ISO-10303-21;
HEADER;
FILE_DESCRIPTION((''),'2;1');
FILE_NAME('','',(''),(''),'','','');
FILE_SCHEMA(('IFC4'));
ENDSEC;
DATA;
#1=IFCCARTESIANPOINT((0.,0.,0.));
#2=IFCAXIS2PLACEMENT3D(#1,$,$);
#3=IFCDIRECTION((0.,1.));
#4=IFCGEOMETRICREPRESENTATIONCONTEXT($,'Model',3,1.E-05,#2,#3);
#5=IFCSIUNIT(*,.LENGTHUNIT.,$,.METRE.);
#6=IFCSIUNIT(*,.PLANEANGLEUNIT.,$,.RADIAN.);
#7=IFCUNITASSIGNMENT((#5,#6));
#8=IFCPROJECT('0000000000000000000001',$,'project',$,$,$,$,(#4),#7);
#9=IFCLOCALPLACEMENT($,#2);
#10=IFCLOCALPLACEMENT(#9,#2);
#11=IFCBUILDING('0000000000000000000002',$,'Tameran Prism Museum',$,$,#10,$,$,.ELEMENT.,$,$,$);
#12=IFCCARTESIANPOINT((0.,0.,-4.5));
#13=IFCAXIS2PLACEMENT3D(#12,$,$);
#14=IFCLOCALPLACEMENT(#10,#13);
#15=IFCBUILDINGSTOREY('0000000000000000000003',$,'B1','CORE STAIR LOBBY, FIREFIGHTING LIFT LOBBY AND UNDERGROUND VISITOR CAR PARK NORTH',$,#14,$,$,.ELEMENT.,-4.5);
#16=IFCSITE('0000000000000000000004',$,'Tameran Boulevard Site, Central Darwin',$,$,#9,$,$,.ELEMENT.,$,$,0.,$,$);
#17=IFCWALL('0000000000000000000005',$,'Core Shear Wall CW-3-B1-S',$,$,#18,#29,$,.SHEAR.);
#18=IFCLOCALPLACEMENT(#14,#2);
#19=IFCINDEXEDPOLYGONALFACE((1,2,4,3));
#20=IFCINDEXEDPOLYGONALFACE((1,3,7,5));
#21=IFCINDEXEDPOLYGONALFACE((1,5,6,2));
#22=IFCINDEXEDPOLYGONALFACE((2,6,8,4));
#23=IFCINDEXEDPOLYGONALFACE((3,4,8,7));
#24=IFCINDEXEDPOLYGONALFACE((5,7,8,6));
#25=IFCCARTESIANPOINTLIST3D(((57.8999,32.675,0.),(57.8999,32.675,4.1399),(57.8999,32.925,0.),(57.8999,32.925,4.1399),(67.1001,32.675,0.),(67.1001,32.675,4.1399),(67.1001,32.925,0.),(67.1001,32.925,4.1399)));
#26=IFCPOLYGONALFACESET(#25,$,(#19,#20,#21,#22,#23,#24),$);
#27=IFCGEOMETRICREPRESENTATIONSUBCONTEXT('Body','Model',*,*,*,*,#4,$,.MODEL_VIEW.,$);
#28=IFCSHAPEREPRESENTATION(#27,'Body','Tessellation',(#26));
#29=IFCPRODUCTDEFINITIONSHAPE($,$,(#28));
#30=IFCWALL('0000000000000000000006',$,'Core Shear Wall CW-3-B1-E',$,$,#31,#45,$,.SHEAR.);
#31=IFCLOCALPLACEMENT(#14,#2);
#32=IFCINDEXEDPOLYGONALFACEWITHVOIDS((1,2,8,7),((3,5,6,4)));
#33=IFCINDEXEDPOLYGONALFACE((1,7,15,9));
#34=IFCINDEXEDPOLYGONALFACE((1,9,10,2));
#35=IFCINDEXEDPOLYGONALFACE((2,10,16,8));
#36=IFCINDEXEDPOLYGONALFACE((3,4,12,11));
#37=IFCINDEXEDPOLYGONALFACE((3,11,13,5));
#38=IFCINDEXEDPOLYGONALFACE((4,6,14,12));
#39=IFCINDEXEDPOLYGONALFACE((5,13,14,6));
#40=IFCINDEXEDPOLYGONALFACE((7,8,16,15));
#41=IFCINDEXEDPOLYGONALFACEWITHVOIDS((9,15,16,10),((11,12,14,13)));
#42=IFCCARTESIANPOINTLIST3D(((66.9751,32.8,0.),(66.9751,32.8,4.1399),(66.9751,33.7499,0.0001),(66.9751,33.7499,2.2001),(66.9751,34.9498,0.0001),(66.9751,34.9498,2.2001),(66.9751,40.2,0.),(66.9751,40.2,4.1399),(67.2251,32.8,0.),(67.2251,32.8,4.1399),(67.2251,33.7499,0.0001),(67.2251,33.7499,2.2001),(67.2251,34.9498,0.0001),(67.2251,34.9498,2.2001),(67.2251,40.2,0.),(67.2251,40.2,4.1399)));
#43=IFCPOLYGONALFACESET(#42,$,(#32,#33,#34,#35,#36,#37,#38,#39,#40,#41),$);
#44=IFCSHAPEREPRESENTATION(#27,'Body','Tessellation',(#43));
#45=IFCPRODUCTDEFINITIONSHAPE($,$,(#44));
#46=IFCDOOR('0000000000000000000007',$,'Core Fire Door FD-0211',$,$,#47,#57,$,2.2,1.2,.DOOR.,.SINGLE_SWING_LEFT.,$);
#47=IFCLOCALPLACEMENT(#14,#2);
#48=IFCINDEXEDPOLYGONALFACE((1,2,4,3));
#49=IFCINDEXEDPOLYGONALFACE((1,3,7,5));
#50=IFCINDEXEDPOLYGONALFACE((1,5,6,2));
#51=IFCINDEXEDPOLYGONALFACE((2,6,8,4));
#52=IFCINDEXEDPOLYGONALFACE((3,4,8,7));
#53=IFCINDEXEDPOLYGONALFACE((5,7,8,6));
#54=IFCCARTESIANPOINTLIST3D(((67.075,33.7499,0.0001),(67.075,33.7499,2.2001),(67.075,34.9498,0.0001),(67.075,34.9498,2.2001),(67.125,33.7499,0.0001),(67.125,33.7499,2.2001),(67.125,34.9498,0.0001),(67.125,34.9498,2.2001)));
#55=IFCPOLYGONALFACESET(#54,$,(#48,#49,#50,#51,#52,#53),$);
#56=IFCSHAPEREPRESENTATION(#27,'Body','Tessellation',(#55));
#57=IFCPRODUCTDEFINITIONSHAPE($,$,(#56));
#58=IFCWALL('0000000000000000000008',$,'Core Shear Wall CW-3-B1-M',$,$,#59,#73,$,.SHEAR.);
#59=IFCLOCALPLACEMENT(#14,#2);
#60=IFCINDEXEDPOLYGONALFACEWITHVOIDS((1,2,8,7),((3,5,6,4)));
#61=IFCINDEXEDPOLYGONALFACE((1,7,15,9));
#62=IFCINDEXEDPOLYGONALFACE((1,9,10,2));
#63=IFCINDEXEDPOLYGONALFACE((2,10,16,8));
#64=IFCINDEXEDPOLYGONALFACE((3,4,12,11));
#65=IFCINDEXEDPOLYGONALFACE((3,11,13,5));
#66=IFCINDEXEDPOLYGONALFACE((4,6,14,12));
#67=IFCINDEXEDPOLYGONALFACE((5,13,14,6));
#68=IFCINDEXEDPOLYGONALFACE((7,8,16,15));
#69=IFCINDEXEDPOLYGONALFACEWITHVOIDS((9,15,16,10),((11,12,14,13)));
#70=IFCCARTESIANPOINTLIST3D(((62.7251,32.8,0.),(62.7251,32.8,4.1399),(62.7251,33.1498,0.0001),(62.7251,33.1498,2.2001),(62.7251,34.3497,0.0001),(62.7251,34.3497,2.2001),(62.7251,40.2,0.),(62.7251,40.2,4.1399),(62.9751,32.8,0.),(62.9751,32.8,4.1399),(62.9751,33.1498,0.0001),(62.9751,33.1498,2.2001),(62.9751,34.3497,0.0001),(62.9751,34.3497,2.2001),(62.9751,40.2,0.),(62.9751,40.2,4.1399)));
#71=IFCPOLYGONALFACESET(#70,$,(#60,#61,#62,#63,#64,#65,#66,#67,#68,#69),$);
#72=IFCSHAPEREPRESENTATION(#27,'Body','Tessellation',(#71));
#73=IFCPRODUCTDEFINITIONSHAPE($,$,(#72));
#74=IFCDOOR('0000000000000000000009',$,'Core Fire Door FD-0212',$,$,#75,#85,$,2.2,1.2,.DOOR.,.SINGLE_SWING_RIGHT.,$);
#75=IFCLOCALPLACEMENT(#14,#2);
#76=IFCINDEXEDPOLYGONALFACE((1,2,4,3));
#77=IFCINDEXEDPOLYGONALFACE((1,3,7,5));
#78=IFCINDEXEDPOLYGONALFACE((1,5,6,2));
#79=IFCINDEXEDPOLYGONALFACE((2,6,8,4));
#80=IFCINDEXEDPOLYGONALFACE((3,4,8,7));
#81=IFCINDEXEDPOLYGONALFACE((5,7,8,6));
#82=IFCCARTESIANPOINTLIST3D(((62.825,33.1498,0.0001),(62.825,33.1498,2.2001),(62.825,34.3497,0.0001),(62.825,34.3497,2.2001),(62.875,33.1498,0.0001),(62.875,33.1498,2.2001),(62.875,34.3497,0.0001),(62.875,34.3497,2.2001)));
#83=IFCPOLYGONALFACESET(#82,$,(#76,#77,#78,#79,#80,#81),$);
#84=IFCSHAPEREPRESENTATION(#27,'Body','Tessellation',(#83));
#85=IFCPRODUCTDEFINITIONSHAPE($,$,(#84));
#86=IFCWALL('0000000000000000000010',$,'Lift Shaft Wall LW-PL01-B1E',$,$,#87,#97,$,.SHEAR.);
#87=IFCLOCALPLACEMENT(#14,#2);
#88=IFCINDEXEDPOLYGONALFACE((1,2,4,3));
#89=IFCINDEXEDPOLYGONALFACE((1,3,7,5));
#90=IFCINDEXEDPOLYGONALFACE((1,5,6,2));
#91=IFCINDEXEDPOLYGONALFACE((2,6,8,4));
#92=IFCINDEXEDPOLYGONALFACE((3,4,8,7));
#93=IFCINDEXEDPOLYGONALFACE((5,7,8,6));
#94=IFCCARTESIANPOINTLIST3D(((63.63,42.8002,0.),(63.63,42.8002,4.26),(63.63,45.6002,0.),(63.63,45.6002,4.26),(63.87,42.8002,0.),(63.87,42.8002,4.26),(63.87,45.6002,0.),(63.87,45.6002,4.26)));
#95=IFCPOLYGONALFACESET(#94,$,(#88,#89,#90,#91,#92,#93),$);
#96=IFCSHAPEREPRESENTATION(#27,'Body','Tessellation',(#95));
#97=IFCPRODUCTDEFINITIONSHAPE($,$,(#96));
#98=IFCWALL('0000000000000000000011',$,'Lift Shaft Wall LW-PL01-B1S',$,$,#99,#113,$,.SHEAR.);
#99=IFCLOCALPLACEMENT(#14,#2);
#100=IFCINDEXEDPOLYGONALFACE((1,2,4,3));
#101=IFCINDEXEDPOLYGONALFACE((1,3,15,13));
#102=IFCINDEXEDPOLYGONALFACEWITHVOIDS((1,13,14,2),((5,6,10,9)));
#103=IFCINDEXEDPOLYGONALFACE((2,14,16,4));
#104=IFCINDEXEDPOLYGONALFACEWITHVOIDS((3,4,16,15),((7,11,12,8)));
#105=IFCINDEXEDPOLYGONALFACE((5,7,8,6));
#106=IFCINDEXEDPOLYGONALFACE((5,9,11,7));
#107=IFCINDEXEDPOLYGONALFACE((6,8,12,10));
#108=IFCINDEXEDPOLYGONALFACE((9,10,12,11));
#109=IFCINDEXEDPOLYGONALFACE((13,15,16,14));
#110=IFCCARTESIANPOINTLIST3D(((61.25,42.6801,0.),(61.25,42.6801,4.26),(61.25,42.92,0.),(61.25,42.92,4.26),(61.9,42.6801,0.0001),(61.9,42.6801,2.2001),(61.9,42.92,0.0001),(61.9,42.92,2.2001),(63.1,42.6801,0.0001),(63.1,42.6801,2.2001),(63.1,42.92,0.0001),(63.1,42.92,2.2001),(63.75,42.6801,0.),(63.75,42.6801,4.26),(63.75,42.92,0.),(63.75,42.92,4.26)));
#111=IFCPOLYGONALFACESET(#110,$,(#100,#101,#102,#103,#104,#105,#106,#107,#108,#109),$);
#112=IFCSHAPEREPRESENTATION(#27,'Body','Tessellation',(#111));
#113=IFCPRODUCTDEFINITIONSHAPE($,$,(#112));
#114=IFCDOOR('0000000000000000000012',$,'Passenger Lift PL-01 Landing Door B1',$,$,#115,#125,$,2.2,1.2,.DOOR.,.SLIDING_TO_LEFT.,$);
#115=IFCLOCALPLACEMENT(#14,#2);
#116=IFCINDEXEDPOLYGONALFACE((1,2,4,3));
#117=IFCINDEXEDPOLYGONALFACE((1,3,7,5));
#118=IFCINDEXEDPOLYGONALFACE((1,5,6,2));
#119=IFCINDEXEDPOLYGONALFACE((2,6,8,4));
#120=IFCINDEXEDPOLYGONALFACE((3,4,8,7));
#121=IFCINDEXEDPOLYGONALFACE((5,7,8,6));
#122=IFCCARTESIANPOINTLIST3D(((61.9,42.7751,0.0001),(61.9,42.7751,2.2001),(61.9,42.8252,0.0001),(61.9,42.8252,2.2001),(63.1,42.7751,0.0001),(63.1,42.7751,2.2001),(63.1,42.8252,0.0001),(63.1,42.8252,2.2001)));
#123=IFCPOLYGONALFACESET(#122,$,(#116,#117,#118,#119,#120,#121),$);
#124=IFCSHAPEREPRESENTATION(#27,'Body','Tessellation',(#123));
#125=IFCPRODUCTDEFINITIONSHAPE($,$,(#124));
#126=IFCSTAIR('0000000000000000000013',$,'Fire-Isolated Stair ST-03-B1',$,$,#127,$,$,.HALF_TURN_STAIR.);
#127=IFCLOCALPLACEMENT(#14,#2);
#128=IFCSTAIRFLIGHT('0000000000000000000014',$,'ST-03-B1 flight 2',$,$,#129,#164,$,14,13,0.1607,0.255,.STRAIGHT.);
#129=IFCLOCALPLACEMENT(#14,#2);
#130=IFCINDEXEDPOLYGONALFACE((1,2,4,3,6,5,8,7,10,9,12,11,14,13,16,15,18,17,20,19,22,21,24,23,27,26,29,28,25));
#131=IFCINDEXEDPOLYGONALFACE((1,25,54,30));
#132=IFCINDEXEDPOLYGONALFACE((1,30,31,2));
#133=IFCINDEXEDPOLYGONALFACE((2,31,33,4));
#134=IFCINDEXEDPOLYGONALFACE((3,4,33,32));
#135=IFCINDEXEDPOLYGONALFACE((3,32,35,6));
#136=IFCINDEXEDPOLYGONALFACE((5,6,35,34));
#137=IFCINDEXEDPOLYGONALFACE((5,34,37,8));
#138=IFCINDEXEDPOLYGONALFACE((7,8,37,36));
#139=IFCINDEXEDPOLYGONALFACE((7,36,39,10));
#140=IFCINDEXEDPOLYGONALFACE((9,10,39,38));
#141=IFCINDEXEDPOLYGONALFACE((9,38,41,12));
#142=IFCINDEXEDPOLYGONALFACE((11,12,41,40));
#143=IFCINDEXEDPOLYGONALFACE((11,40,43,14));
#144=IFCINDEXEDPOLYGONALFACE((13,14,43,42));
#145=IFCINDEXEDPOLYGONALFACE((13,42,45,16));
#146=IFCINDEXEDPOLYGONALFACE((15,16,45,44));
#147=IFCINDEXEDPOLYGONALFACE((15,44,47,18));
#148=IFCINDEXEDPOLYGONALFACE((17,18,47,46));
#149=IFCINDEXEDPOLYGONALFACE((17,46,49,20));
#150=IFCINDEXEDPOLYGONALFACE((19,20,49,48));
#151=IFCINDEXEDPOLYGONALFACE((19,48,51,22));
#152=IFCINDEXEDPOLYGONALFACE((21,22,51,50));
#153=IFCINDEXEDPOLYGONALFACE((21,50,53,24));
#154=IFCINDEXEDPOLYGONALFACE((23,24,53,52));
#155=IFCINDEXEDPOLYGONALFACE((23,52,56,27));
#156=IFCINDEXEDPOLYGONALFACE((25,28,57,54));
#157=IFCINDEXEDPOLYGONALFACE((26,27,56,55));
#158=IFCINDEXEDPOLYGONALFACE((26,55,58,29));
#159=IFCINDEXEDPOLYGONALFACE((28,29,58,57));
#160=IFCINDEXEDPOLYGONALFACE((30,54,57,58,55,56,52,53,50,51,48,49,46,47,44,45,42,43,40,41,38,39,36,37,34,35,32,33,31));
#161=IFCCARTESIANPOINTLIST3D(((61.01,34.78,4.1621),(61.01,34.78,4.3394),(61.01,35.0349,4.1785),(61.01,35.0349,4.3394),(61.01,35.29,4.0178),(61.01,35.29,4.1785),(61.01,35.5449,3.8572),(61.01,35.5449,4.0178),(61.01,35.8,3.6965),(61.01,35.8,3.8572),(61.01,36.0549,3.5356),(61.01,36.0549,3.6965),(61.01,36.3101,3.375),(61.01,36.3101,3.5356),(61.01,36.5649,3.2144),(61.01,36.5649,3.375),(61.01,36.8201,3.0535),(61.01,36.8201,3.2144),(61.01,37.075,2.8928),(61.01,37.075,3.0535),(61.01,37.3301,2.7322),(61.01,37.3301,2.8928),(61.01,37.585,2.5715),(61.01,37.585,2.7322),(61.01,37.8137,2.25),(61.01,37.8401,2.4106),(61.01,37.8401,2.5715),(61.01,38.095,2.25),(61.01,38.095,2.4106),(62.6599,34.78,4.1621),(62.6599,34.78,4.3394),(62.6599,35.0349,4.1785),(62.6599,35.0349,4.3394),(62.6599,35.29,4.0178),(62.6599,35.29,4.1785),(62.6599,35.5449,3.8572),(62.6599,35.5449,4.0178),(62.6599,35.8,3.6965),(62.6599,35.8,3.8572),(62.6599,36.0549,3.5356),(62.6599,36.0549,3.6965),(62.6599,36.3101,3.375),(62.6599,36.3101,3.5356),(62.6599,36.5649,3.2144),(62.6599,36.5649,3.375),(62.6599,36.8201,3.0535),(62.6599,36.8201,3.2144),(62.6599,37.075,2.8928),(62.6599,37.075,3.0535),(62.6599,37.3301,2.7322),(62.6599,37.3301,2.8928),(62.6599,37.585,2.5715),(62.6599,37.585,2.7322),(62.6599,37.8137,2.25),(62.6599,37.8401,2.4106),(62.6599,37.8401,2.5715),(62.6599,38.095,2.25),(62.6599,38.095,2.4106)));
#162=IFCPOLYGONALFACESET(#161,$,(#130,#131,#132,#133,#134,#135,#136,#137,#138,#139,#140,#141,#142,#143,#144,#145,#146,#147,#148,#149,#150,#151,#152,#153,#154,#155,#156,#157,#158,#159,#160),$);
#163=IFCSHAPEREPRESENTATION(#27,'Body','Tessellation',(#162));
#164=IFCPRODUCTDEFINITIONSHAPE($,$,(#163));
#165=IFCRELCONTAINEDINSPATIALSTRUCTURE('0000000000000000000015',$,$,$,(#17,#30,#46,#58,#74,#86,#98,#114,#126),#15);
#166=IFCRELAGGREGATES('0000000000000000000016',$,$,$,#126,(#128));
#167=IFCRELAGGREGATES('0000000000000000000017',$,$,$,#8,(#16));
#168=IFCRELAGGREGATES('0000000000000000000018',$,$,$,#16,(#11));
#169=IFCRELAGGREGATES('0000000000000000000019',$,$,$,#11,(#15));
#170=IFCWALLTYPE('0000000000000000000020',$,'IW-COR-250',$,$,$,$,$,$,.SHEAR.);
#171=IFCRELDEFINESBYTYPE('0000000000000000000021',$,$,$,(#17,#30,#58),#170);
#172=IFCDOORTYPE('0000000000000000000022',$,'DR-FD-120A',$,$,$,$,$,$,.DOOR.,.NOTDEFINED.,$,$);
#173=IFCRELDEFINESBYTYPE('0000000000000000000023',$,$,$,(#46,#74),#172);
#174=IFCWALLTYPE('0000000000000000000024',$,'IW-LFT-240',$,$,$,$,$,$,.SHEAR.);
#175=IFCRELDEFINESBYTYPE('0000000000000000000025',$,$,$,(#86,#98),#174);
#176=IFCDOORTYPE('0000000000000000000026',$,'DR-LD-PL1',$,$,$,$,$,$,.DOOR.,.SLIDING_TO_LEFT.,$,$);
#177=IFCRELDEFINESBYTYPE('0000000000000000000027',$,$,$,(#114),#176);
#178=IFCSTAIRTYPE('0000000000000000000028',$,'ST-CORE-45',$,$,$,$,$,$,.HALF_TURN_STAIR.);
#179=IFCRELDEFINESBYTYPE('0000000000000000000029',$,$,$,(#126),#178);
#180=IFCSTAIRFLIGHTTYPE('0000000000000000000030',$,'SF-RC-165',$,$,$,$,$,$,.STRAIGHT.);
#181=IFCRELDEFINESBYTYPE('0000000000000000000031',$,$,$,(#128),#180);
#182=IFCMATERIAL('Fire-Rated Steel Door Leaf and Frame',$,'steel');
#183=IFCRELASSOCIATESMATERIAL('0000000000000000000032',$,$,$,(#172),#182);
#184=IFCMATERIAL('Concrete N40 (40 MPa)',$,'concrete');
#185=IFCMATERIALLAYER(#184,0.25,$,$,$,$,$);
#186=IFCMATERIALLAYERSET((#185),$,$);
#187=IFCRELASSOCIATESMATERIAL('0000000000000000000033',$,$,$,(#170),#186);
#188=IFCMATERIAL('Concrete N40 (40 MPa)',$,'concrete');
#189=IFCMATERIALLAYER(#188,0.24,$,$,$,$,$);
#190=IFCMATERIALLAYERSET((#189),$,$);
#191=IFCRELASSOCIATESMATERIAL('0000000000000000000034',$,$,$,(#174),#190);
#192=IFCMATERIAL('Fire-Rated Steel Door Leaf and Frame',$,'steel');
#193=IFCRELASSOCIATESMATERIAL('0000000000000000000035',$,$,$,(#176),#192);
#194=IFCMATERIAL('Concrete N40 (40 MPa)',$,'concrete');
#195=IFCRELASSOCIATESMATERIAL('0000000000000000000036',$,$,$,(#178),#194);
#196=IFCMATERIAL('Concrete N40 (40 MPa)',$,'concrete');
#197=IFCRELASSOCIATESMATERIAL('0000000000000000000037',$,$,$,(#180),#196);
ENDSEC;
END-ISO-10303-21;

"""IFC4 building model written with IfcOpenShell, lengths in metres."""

from ifc_helpers import new_model, si_unit, direction, frame, frame_2d, origin, place, context, subcontext, project, spatial, polyline, rectangle, outline, extrude, material, layer, layer_set, type_object, element, fill, aggregate, save


model = new_model("IFC4")

# Units and contexts
model_context = context("Model", 3, precision=1e-05, world=origin(), true_north=direction((0.0, 1.0)))
body_context = subcontext(model_context, "Body", "Model", "MODEL_VIEW")
ifc_project = project(units=[si_unit("LENGTHUNIT", "METRE"), si_unit("PLANEANGLEUNIT", "RADIAN")], contexts=[model_context])

# Site, building, storey
site_placement = place(None, origin())
site = spatial("IfcSite", under=ifc_project, at=site_placement, Name="Tameran Boulevard Site, Central Darwin", CompositionType="ELEMENT", RefElevation=0.0)
building_placement = place(site_placement, origin())
building = spatial("IfcBuilding", under=site, at=building_placement, Name="Tameran Prism Museum", CompositionType="ELEMENT")
storey_placement = place(building_placement, frame((0.0, 0.0, -4.5)))
storey = spatial("IfcBuildingStorey", under=building, at=storey_placement, Name="B1", Description="CORE STAIR LOBBY, FIREFIGHTING LIFT LOBBY AND UNDERGROUND VISITOR CAR PARK NORTH", CompositionType="ELEMENT", Elevation=-4.5)

# Shared definitions
ifc_material_1 = material(Name="Fire-Rated Steel Door Leaf and Frame", Category="steel")
door_type_1 = type_object("IfcDoorType", Name="DR-FD-120A", OperationType="NOTDEFINED", PredefinedType="DOOR", material=ifc_material_1)

# Wall
ifc_material_2 = material(Name="Concrete N40 (40 MPa)", Category="concrete")
ifc_layer_1 = layer(ifc_material_2, 0.25)
ifc_layer_set_1 = layer_set([ifc_layer_1])
wall_type_1 = type_object("IfcWallType", Name="IW-COR-250", PredefinedType="SHEAR", material=ifc_layer_set_1)
wall_1_placement = place(storey_placement, frame((67.1001, 32.8, 0.0), z_axis=(0.0, 0.0, 1.0), x_axis=(-1.0, 0.0, 0.0)))
element("IfcWall", 1, at=wall_1_placement, inside=storey, type_object=wall_type_1, Name="Core Shear Wall CW-3-B1-S", PredefinedType="SHEAR", context=body_context, shape_type="SweptSolid", body=[
    extrude(rectangle(XDim=9.2002, YDim=0.25, at=frame_2d((4.6001, 0.0))), origin(), (0.0, 0.0, 1.0), 4.1399),
])

# Walls, openings, doors
wall_2_placement = place(storey_placement, frame((67.1001, 40.2, 0.0), z_axis=(0.0, 0.0, 1.0), x_axis=(0.0, -1.0, 0.0)))
wall_2 = element("IfcWall", 2, at=wall_2_placement, inside=storey, type_object=wall_type_1, Name="Core Shear Wall CW-3-B1-E", PredefinedType="SHEAR", context=body_context, shape_type="SweptSolid", body=[
    extrude(rectangle(XDim=7.3999, YDim=0.25, at=frame_2d((3.7, 0.0))), origin(), (0.0, 0.0, 1.0), 4.1399),
])
opening_1_placement = place(wall_2_placement, frame((5.25, 0.0, 0.0)))
opening_1 = element("IfcOpeningElement", 3, at=opening_1_placement, cuts=wall_2, PredefinedType="OPENING", context=body_context, shape_type="SweptSolid", body=[
    extrude(rectangle(XDim=1.2, YDim=2.2, at=frame_2d((0.6001, 1.1001))), frame((0.0, 0.135, 0.0), z_axis=(0.0, -1.0, 0.0), x_axis=(1.0, 0.0, 0.0)), (0.0, 0.0, 1.0), 0.27),
])
door_1_placement = place(opening_1_placement, origin())
door_1 = element("IfcDoor", 4, at=door_1_placement, inside=storey, type_object=door_type_1, Name="Core Fire Door FD-0211", OperationType="SINGLE_SWING_LEFT", OverallHeight=2.2, OverallWidth=1.2, PredefinedType="DOOR", context=body_context, shape_type="SweptSolid", body=[
    extrude(rectangle(XDim=1.2, YDim=2.2, at=frame_2d((0.6001, 1.1001))), frame((0.0, 0.0249, 0.0), z_axis=(0.0, -1.0, 0.0), x_axis=(1.0, 0.0, 0.0)), (0.0, 0.0, 1.0), 0.05),
])
fill(opening_1, door_1)
wall_3_placement = place(storey_placement, frame((62.8501, 40.2, 0.0), z_axis=(0.0, 0.0, 1.0), x_axis=(0.0, -1.0, 0.0)))
wall_3 = element("IfcWall", 5, at=wall_3_placement, inside=storey, type_object=wall_type_1, Name="Core Shear Wall CW-3-B1-M", PredefinedType="SHEAR", context=body_context, shape_type="SweptSolid", body=[
    extrude(rectangle(XDim=7.3999, YDim=0.25, at=frame_2d((3.7, 0.0))), origin(), (0.0, 0.0, 1.0), 4.1399),
])
opening_2_placement = place(wall_3_placement, frame((5.8501, 0.0, 0.0)))
opening_2 = element("IfcOpeningElement", 6, at=opening_2_placement, cuts=wall_3, PredefinedType="OPENING", context=body_context, shape_type="SweptSolid", body=[
    extrude(rectangle(XDim=1.2, YDim=2.2, at=frame_2d((0.6001, 1.1001))), frame((0.0, 0.135, 0.0), z_axis=(0.0, -1.0, 0.0), x_axis=(1.0, 0.0, 0.0)), (0.0, 0.0, 1.0), 0.27),
])
door_2_placement = place(opening_2_placement, origin())
door_2 = element("IfcDoor", 7, at=door_2_placement, inside=storey, type_object=door_type_1, Name="Core Fire Door FD-0212", OperationType="SINGLE_SWING_RIGHT", OverallHeight=2.2, OverallWidth=1.2, PredefinedType="DOOR", context=body_context, shape_type="SweptSolid", body=[
    extrude(rectangle(XDim=1.2, YDim=2.2, at=frame_2d((0.6001, 1.1001))), frame((0.0, 0.0249, 0.0), z_axis=(0.0, -1.0, 0.0), x_axis=(1.0, 0.0, 0.0)), (0.0, 0.0, 1.0), 0.05),
])
fill(opening_2, door_2)

# Wall
ifc_material_3 = material(Name="Concrete N40 (40 MPa)", Category="concrete")
ifc_layer_2 = layer(ifc_material_3, 0.24)
ifc_layer_set_2 = layer_set([ifc_layer_2])
wall_type_2 = type_object("IfcWallType", Name="IW-LFT-240", PredefinedType="SHEAR", material=ifc_layer_set_2)
wall_4_placement = place(storey_placement, frame((63.75, 45.6001, 0.0), z_axis=(0.0, 0.0, 1.0), x_axis=(0.0, -1.0, 0.0)))
element("IfcWall", 8, at=wall_4_placement, inside=storey, type_object=wall_type_2, Name="Lift Shaft Wall LW-PL01-B1E", PredefinedType="SHEAR", context=body_context, shape_type="SweptSolid", body=[
    extrude(rectangle(XDim=2.8, YDim=0.24, at=frame_2d((1.3999, 0.0))), origin(), (0.0, 0.0, 1.0), 4.26),
])

# Wall, opening, door
wall_5_placement = place(storey_placement, frame((63.75, 42.8, 0.0), z_axis=(0.0, 0.0, 1.0), x_axis=(-1.0, 0.0, 0.0)))
wall_5 = element("IfcWall", 9, at=wall_5_placement, inside=storey, type_object=wall_type_2, Name="Lift Shaft Wall LW-PL01-B1S", PredefinedType="SHEAR", context=body_context, shape_type="SweptSolid", body=[
    extrude(rectangle(XDim=2.5, YDim=0.24, at=frame_2d((1.25, 0.0))), origin(), (0.0, 0.0, 1.0), 4.26),
])
opening_3_placement = place(wall_5_placement, frame((0.6499, 0.0, 0.0)))
opening_3 = element("IfcOpeningElement", 10, at=opening_3_placement, cuts=wall_5, PredefinedType="OPENING", context=body_context, shape_type="SweptSolid", body=[
    extrude(rectangle(XDim=1.2, YDim=2.2, at=frame_2d((0.6001, 1.1001))), frame((0.0, 0.1299, 0.0), z_axis=(0.0, -1.0, 0.0), x_axis=(1.0, 0.0, 0.0)), (0.0, 0.0, 1.0), 0.26),
])
ifc_material_4 = material(Name="Fire-Rated Steel Door Leaf and Frame", Category="steel")
door_type_2 = type_object("IfcDoorType", Name="DR-LD-PL1", OperationType="SLIDING_TO_LEFT", PredefinedType="DOOR", material=ifc_material_4)
door_3_placement = place(opening_3_placement, origin())
door_3 = element("IfcDoor", 11, at=door_3_placement, inside=storey, type_object=door_type_2, Name="Passenger Lift PL-01 Landing Door B1", OperationType="SLIDING_TO_LEFT", OverallHeight=2.2, OverallWidth=1.2, PredefinedType="DOOR", context=body_context, shape_type="SweptSolid", body=[
    extrude(rectangle(XDim=1.2, YDim=2.2, at=frame_2d((0.6001, 1.1001))), frame((0.0, 0.0249, 0.0), z_axis=(0.0, -1.0, 0.0), x_axis=(1.0, 0.0, 0.0)), (0.0, 0.0, 1.0), 0.05),
])
fill(opening_3, door_3)

# Stair, stair flight
ifc_material_5 = material(Name="Concrete N40 (40 MPa)", Category="concrete")
stair_type = type_object("IfcStairType", Name="ST-CORE-45", PredefinedType="HALF_TURN_STAIR", material=ifc_material_5)
stair_placement = place(storey_placement, origin())
stair = element("IfcStair", 12, at=stair_placement, inside=storey, type_object=stair_type, Name="Fire-Isolated Stair ST-03-B1", PredefinedType="HALF_TURN_STAIR")
ifc_material_6 = material(Name="Concrete N40 (40 MPa)", Category="concrete")
stair_flight_type = type_object("IfcStairFlightType", Name="SF-RC-165", PredefinedType="STRAIGHT", material=ifc_material_6)
stair_flight_placement = place(storey_placement, frame((61.835, 38.095, 2.25), z_axis=(0.0, 0.0, 1.0), x_axis=(0.0, -1.0, 0.0)))
stair_flight = element("IfcStairFlight", 13, at=stair_flight_placement, type_object=stair_flight_type, Name="ST-03-B1 flight 2", NumberOfRisers=14, NumberOfTreads=13, PredefinedType="STRAIGHT", RiserHeight=0.1607, TreadLength=0.255, context=body_context, shape_type="SweptSolid", body=[
    extrude(outline(polyline([(0.0, 0.0), (0.0, 0.1606), (0.2549, 0.1606), (0.2549, 0.3215), (0.51, 0.3215), (0.51, 0.4822), (0.7649, 0.4822), (0.7649, 0.6428), (1.02, 0.6428), (1.02, 0.8035), (1.2749, 0.8035), (1.2749, 0.9644), (1.53, 0.9644), (1.53, 1.125), (1.7849, 1.125), (1.7849, 1.2856), (2.04, 1.2856), (2.04, 1.4465), (2.2949, 1.4465), (2.2949, 1.6072), (2.55, 1.6072), (2.55, 1.7678), (2.8049, 1.7678), (2.8049, 1.9285), (3.0601, 1.9285), (3.0601, 2.0894), (3.3149, 2.0894), (3.3149, 2.25), (3.3149, 1.9121), (0.2812, 0.0), (0.0, 0.0)])), frame((0.0, 0.825, 0.0), z_axis=(0.0, -1.0, 0.0), x_axis=(1.0, 0.0, 0.0)), (0.0, 0.0, 1.0), 1.6499),
])
aggregate(stair, [stair_flight])

save(model, "model.ifc")
